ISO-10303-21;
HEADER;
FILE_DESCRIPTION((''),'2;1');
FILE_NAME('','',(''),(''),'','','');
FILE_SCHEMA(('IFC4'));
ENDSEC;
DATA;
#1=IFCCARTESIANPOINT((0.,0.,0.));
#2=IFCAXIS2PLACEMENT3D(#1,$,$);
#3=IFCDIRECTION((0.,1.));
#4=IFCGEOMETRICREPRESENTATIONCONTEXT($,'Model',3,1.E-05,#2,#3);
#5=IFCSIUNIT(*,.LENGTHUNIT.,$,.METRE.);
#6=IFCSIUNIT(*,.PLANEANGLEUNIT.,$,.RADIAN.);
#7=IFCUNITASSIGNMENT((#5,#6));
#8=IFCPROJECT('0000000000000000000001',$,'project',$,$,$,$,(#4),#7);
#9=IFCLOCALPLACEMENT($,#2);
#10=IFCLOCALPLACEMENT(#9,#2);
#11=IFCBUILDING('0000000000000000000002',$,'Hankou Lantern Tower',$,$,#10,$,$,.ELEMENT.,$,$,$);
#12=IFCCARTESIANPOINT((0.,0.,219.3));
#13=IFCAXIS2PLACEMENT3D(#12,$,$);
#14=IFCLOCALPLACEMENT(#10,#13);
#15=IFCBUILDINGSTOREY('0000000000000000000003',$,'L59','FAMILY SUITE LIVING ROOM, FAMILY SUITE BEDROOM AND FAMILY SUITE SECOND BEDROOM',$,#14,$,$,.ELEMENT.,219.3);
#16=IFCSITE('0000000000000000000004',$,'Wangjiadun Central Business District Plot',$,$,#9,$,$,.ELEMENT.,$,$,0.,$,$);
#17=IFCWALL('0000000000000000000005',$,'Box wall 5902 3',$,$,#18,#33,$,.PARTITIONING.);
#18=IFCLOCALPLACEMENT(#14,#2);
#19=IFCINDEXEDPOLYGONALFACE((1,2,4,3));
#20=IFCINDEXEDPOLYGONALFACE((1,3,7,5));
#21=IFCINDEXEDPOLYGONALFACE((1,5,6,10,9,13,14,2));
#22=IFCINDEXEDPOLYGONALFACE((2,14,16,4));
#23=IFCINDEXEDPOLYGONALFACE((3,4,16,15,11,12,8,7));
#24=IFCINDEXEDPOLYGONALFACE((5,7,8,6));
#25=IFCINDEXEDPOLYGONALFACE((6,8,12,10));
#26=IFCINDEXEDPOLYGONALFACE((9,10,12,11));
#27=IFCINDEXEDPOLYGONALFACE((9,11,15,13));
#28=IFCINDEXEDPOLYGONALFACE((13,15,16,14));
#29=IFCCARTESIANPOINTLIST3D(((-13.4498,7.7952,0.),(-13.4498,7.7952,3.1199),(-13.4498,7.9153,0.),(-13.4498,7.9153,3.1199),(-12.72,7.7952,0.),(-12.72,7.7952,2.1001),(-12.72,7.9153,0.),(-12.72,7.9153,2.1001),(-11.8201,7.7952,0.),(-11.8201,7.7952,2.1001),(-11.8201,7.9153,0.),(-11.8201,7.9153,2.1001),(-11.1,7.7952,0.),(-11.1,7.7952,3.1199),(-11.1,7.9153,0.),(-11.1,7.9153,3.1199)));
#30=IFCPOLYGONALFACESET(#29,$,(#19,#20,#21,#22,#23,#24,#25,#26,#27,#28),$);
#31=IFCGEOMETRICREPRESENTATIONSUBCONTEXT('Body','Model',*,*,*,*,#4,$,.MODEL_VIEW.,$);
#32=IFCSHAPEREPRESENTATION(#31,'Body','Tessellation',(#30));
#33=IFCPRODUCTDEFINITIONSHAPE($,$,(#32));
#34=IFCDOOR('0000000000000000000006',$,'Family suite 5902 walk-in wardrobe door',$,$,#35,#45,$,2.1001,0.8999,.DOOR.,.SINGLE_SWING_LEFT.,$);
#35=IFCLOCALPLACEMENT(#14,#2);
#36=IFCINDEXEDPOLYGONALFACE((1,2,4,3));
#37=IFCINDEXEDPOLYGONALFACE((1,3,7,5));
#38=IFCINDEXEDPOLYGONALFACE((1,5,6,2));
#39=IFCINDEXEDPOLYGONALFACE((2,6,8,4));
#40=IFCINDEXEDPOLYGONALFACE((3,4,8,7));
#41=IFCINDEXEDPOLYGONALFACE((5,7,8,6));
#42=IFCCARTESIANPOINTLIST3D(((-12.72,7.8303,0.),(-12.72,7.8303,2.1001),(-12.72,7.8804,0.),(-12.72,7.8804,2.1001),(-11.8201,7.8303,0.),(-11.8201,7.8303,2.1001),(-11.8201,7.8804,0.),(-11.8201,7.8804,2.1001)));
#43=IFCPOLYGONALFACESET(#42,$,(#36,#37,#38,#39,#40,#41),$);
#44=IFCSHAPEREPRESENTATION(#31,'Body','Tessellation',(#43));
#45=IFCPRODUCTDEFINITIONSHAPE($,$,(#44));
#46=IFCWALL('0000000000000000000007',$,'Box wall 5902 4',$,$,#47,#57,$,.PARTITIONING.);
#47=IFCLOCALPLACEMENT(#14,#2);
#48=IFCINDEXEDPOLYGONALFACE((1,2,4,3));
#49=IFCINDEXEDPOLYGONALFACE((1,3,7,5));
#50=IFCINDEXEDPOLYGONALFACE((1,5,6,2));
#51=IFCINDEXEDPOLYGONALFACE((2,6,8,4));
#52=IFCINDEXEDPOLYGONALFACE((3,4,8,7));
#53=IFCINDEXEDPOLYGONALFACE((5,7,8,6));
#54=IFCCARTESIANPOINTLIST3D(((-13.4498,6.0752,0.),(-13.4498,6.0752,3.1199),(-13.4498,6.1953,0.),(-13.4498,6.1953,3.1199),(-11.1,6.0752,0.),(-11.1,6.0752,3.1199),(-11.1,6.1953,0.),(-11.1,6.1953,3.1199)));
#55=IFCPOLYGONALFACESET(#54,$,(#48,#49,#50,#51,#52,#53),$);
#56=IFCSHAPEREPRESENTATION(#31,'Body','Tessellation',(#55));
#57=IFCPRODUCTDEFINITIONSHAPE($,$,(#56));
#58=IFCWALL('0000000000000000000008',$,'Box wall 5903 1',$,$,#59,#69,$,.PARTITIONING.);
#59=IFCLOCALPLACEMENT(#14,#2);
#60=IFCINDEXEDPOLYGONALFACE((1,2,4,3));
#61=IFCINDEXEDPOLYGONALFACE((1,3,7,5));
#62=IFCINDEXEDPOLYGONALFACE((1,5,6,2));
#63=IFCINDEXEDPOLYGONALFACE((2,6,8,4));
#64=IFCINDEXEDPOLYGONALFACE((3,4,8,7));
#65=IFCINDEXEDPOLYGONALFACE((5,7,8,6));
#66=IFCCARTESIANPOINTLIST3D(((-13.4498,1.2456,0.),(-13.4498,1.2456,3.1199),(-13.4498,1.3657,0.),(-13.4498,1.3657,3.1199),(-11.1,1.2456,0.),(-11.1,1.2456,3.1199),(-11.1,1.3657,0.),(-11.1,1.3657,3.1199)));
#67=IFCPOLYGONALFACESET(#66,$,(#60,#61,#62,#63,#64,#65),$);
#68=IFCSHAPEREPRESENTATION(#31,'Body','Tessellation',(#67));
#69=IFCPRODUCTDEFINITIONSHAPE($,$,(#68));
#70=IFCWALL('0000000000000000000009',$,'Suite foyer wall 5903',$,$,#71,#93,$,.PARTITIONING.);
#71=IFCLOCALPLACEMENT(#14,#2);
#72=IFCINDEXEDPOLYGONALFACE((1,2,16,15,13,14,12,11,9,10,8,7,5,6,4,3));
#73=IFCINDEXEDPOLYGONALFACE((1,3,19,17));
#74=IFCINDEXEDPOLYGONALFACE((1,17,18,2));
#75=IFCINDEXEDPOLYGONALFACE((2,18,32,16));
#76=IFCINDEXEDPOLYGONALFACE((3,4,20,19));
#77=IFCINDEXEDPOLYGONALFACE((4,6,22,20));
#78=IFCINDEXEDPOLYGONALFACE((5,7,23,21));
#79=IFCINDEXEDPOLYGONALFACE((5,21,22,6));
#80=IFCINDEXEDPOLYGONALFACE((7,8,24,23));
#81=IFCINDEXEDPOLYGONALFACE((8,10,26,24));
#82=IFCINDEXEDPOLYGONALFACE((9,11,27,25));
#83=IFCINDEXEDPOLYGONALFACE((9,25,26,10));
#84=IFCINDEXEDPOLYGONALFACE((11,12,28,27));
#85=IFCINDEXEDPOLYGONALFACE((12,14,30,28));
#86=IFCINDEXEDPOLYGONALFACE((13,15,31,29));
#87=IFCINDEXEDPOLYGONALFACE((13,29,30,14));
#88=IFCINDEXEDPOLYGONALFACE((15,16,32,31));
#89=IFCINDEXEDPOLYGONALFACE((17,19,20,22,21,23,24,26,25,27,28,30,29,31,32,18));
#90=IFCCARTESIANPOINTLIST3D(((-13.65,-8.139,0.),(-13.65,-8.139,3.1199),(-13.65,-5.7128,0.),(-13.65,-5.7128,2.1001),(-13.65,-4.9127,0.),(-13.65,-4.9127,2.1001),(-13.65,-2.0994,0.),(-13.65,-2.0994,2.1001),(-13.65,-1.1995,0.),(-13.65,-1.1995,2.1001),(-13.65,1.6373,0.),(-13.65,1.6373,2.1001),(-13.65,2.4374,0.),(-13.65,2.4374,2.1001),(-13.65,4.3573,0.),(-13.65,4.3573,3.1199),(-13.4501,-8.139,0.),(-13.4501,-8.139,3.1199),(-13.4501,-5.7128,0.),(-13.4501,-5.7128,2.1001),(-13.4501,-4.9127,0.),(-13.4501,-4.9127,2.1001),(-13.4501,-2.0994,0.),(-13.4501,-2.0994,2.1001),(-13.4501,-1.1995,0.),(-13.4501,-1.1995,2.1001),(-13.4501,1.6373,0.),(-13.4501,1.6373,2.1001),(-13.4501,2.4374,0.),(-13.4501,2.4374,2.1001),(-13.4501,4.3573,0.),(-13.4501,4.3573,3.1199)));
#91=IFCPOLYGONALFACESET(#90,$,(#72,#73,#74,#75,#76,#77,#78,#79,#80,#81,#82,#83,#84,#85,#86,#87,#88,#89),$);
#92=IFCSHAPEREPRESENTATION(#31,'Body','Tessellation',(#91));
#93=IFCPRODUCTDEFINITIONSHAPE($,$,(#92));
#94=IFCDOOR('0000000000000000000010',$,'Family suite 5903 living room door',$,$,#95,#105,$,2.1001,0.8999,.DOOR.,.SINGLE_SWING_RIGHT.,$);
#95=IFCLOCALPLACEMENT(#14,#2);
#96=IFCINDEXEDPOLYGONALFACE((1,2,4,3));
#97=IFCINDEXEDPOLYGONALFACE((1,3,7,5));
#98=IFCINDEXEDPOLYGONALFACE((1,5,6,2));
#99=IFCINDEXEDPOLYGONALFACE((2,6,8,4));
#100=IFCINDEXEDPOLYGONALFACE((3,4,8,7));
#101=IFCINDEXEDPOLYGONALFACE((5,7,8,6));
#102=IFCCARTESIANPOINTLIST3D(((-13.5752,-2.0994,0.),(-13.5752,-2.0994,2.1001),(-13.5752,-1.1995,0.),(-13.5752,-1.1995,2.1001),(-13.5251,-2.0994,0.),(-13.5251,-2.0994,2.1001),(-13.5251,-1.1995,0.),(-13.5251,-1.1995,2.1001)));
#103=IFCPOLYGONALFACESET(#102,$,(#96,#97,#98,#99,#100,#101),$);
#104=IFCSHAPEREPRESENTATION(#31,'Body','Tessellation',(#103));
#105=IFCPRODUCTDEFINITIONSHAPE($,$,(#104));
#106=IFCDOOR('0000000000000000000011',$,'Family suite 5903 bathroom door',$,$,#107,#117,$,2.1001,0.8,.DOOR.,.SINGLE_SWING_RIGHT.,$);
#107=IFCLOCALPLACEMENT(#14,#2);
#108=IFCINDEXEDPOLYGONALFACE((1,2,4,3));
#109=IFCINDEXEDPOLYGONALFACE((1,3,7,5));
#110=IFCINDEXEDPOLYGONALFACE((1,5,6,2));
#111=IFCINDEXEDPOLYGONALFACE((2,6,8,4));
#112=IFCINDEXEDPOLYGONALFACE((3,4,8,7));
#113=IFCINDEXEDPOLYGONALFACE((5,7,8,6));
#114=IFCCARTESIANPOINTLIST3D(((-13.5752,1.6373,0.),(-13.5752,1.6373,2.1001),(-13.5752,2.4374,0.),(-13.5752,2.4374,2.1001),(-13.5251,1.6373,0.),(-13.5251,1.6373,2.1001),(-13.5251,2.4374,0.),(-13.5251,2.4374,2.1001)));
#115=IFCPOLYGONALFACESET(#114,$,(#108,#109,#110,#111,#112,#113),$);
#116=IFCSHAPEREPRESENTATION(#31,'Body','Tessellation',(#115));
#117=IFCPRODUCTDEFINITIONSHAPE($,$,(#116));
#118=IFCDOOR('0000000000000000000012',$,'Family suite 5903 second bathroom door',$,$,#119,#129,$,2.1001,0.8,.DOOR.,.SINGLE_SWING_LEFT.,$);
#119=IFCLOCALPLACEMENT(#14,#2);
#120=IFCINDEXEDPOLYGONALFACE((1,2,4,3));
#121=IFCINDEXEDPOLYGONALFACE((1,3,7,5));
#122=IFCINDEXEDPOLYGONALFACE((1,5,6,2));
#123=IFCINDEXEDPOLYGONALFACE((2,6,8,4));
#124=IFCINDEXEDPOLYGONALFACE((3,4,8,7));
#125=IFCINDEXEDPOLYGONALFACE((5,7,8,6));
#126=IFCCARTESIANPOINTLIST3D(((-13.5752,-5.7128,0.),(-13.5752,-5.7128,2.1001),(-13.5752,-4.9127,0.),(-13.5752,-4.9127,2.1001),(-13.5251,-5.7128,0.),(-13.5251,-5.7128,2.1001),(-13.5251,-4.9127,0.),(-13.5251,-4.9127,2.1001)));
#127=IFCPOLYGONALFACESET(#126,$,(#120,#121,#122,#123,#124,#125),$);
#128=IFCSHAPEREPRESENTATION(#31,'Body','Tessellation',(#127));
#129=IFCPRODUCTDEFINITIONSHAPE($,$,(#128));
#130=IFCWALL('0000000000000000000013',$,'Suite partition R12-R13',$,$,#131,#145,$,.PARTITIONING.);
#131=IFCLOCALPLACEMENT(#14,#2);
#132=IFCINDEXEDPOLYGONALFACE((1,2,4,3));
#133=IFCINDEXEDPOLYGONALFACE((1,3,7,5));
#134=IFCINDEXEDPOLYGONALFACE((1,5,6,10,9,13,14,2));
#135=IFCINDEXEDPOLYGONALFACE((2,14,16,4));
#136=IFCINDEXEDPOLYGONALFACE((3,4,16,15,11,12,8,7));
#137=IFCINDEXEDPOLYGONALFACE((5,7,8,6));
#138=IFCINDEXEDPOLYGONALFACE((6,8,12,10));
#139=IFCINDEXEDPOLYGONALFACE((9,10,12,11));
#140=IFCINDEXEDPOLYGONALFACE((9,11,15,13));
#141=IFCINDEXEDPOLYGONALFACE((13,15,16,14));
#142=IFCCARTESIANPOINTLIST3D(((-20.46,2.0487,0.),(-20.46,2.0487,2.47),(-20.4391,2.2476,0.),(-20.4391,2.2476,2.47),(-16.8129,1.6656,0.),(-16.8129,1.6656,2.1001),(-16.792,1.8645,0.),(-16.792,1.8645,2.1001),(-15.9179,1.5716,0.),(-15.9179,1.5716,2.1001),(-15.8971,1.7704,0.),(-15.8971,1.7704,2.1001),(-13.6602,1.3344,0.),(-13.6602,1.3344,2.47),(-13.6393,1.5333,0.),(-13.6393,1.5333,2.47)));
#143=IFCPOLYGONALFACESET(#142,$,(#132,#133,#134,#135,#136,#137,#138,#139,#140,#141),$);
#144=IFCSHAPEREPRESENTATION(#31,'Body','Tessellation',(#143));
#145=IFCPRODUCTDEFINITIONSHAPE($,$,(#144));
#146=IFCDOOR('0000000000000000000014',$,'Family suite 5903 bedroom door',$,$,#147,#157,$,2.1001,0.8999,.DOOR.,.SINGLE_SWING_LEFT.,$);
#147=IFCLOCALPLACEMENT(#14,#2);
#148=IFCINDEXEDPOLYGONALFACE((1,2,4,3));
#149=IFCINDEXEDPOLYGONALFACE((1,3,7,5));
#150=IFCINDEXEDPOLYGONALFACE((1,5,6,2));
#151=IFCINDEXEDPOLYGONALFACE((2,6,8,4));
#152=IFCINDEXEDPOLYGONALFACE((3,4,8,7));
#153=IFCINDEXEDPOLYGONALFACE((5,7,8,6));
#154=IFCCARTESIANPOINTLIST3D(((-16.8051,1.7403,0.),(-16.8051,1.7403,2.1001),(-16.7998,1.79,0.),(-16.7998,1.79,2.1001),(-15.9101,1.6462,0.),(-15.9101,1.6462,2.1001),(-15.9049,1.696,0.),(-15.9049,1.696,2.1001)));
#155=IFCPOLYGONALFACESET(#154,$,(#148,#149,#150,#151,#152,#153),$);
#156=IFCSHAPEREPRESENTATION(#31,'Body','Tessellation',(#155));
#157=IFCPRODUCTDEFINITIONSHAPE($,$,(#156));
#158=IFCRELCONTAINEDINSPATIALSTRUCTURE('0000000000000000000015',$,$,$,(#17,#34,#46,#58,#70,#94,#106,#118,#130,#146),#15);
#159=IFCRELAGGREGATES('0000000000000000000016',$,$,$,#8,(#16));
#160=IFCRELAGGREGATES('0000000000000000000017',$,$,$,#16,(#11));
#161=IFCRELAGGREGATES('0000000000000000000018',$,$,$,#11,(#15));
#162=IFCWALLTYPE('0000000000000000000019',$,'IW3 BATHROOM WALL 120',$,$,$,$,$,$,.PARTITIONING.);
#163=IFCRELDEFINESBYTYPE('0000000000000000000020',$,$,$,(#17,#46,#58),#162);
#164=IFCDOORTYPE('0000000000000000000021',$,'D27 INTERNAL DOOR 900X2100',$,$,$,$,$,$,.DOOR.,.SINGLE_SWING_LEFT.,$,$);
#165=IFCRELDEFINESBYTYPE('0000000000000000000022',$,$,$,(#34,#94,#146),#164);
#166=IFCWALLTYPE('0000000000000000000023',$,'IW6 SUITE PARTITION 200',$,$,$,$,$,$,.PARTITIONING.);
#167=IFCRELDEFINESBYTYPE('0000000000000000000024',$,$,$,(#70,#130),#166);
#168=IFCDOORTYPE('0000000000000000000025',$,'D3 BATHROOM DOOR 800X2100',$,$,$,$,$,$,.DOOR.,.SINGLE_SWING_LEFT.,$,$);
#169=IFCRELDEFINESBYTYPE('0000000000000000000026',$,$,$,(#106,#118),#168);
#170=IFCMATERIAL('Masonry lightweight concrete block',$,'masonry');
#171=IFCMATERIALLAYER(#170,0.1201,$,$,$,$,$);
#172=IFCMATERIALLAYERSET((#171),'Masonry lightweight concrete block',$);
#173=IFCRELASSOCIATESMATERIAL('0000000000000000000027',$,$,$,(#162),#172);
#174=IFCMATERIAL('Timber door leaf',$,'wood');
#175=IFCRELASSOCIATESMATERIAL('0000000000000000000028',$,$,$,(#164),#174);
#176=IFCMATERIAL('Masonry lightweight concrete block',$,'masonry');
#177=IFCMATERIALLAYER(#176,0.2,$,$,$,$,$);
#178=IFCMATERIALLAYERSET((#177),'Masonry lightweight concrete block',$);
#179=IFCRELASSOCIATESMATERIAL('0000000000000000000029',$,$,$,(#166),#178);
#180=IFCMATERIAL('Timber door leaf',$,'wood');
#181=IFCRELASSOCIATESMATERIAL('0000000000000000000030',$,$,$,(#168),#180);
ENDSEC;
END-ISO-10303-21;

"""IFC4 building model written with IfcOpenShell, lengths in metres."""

from ifc_helpers import new_model, si_unit, direction, frame, frame_2d, origin, place, context, subcontext, project, spatial, rectangle, extrude, material, layer, layer_set, type_object, element, fill, save


model = new_model("IFC4")

# Units and contexts
model_context = context("Model", 3, precision=1e-05, world=origin(), true_north=direction((0.0, 1.0)))
body_context = subcontext(model_context, "Body", "Model", "MODEL_VIEW")
ifc_project = project(units=[si_unit("LENGTHUNIT", "METRE"), si_unit("PLANEANGLEUNIT", "RADIAN")], contexts=[model_context])

# Site, building, storey
site_placement = place(None, origin())
site = spatial("IfcSite", under=ifc_project, at=site_placement, Name="Wangjiadun Central Business District Plot", CompositionType="ELEMENT", RefElevation=0.0)
building_placement = place(site_placement, origin())
building = spatial("IfcBuilding", under=site, at=building_placement, Name="Hankou Lantern Tower", CompositionType="ELEMENT")
storey_placement = place(building_placement, frame((0.0, 0.0, 219.3)))
storey = spatial("IfcBuildingStorey", under=building, at=storey_placement, Name="L59", Description="FAMILY SUITE LIVING ROOM, FAMILY SUITE BEDROOM AND FAMILY SUITE SECOND BEDROOM", CompositionType="ELEMENT", Elevation=219.3)

# Wall, opening, door
ifc_material_1 = material(Name="Masonry lightweight concrete block", Category="masonry")
ifc_layer_1 = layer(ifc_material_1, 0.1201)
ifc_layer_set_1 = layer_set([ifc_layer_1], Name="Masonry lightweight concrete block")
wall_type_1 = type_object("IfcWallType", Name="IW3 BATHROOM WALL 120", PredefinedType="PARTITIONING", material=ifc_layer_set_1)
wall_1_placement = place(storey_placement, frame((-11.1001, 7.8552, 0.0), z_axis=(0.0, 0.0, 1.0), x_axis=(-1.0, 0.0, 0.0)))
wall_1 = element("IfcWall", 1, at=wall_1_placement, inside=storey, type_object=wall_type_1, Name="Box wall 5902 3", PredefinedType="PARTITIONING", context=body_context, shape_type="SweptSolid", body=[
    extrude(rectangle(XDim=2.3499, YDim=0.1201, at=frame_2d((1.1748, 0.0))), origin(), (0.0, 0.0, 1.0), 3.1199),
])
opening_1_placement = place(wall_1_placement, frame((0.72, 0.0, 0.0)))
opening_1 = element("IfcOpeningElement", 2, at=opening_1_placement, cuts=wall_1, PredefinedType="OPENING", context=body_context, shape_type="SweptSolid", body=[
    extrude(rectangle(XDim=0.8999, YDim=2.1001, at=frame_2d((0.45, 1.05))), frame((0.0, 0.0701, 0.0), z_axis=(0.0, -1.0, 0.0), x_axis=(1.0, 0.0, 0.0)), (0.0, 0.0, 1.0), 0.1401),
])
ifc_material_2 = material(Name="Timber door leaf", Category="wood")
door_type_1 = type_object("IfcDoorType", Name="D27 INTERNAL DOOR 900X2100", OperationType="SINGLE_SWING_LEFT", PredefinedType="DOOR", material=ifc_material_2)
door_1_placement = place(opening_1_placement, origin())
door_1 = element("IfcDoor", 3, at=door_1_placement, inside=storey, type_object=door_type_1, Name="Family suite 5902 walk-in wardrobe door", OperationType="SINGLE_SWING_LEFT", OverallHeight=2.1001, OverallWidth=0.8999, PredefinedType="DOOR", context=body_context, shape_type="SweptSolid", body=[
    extrude(rectangle(XDim=0.8999, YDim=2.1001, at=frame_2d((0.45, 1.05))), frame((0.0, 0.0249, 0.0), z_axis=(0.0, -1.0, 0.0), x_axis=(1.0, 0.0, 0.0)), (0.0, 0.0, 1.0), 0.05),
])
fill(opening_1, door_1)

# Walls
for number, where, z_axis, x_axis, name in (
    (4, (-11.1001, 6.1353, 0.0), (0.0, 0.0, 1.0), (-1.0, 0.0, 0.0), "Box wall 5902 4"),
    (5, (-11.1001, 1.3057, 0.0), (0.0, 0.0, 1.0), (-1.0, 0.0, 0.0), "Box wall 5903 1"),
):
    element("IfcWall", number, at=place(storey_placement, frame(where, z_axis=z_axis, x_axis=x_axis)), inside=storey, type_object=wall_type_1, Name=name, PredefinedType="PARTITIONING", context=body_context, shape_type="SweptSolid", body=[
        extrude(rectangle(XDim=2.3499, YDim=0.1201, at=frame_2d((1.1748, 0.0))), origin(), (0.0, 0.0, 1.0), 3.1199),
    ])

# Wall, openings, doors
ifc_material_3 = material(Name="Masonry lightweight concrete block", Category="masonry")
ifc_layer_2 = layer(ifc_material_3, 0.2)
ifc_layer_set_2 = layer_set([ifc_layer_2], Name="Masonry lightweight concrete block")
wall_type_2 = type_object("IfcWallType", Name="IW6 SUITE PARTITION 200", PredefinedType="PARTITIONING", material=ifc_layer_set_2)
wall_2_placement = place(storey_placement, frame((-13.55, 4.3572, 0.0), z_axis=(0.0, 0.0, 1.0), x_axis=(0.0, -1.0, 0.0)))
wall_2 = element("IfcWall", 6, at=wall_2_placement, inside=storey, type_object=wall_type_2, Name="Suite foyer wall 5903", PredefinedType="PARTITIONING", context=body_context, shape_type="SweptSolid", body=[
    extrude(rectangle(XDim=12.4963, YDim=0.2, at=frame_2d((6.248, 0.0))), origin(), (0.0, 0.0, 1.0), 3.1199),
])
opening_2_placement = place(wall_2_placement, frame((1.9199, 0.0, 0.0)))
opening_2 = element("IfcOpeningElement", 7, at=opening_2_placement, cuts=wall_2, PredefinedType="OPENING", context=body_context, shape_type="SweptSolid", body=[
    extrude(rectangle(XDim=0.8, YDim=2.1001, at=frame_2d((0.3999, 1.05))), frame((0.0, 0.1099, 0.0), z_axis=(0.0, -1.0, 0.0), x_axis=(1.0, 0.0, 0.0)), (0.0, 0.0, 1.0), 0.22),
])
opening_3_placement = place(wall_2_placement, frame((9.27, 0.0, 0.0)))
opening_3 = element("IfcOpeningElement", 8, at=opening_3_placement, cuts=wall_2, PredefinedType="OPENING", context=body_context, shape_type="SweptSolid", body=[
    extrude(rectangle(XDim=0.8, YDim=2.1001, at=frame_2d((0.3999, 1.05))), frame((0.0, 0.1099, 0.0), z_axis=(0.0, -1.0, 0.0), x_axis=(1.0, 0.0, 0.0)), (0.0, 0.0, 1.0), 0.22),
])
opening_4_placement = place(wall_2_placement, frame((5.5566, 0.0, 0.0)))
opening_4 = element("IfcOpeningElement", 9, at=opening_4_placement, cuts=wall_2, PredefinedType="OPENING", context=body_context, shape_type="SweptSolid", body=[
    extrude(rectangle(XDim=0.8999, YDim=2.1001, at=frame_2d((0.45, 1.05))), frame((0.0, 0.1099, 0.0), z_axis=(0.0, -1.0, 0.0), x_axis=(1.0, 0.0, 0.0)), (0.0, 0.0, 1.0), 0.22),
])
door_2_placement = place(opening_4_placement, origin())
door_2 = element("IfcDoor", 10, at=door_2_placement, inside=storey, type_object=door_type_1, Name="Family suite 5903 living room door", OperationType="SINGLE_SWING_RIGHT", OverallHeight=2.1001, OverallWidth=0.8999, PredefinedType="DOOR", context=body_context, shape_type="SweptSolid", body=[
    extrude(rectangle(XDim=0.8999, YDim=2.1001, at=frame_2d((0.45, 1.05))), frame((0.0, 0.0249, 0.0), z_axis=(0.0, -1.0, 0.0), x_axis=(1.0, 0.0, 0.0)), (0.0, 0.0, 1.0), 0.05),
])
fill(opening_4, door_2)
ifc_material_4 = material(Name="Timber door leaf", Category="wood")
door_type_2 = type_object("IfcDoorType", Name="D3 BATHROOM DOOR 800X2100", OperationType="SINGLE_SWING_LEFT", PredefinedType="DOOR", material=ifc_material_4)
door_3_placement = place(opening_2_placement, origin())
door_3 = element("IfcDoor", 11, at=door_3_placement, inside=storey, type_object=door_type_2, Name="Family suite 5903 bathroom door", OperationType="SINGLE_SWING_RIGHT", OverallHeight=2.1001, OverallWidth=0.8, PredefinedType="DOOR", context=body_context, shape_type="SweptSolid", body=[
    extrude(rectangle(XDim=0.8, YDim=2.1001, at=frame_2d((0.3999, 1.05))), frame((0.0, 0.0249, 0.0), z_axis=(0.0, -1.0, 0.0), x_axis=(1.0, 0.0, 0.0)), (0.0, 0.0, 1.0), 0.05),
])
fill(opening_2, door_3)
door_4_placement = place(opening_3_placement, origin())
door_4 = element("IfcDoor", 12, at=door_4_placement, inside=storey, type_object=door_type_2, Name="Family suite 5903 second bathroom door", OperationType="SINGLE_SWING_LEFT", OverallHeight=2.1001, OverallWidth=0.8, PredefinedType="DOOR", context=body_context, shape_type="SweptSolid", body=[
    extrude(rectangle(XDim=0.8, YDim=2.1001, at=frame_2d((0.3999, 1.05))), frame((0.0, 0.0249, 0.0), z_axis=(0.0, -1.0, 0.0), x_axis=(1.0, 0.0, 0.0)), (0.0, 0.0, 1.0), 0.05),
])
fill(opening_3, door_4)

# Wall, opening, door
wall_3_placement = place(storey_placement, frame((-13.6499, 1.4338, 0.0), z_axis=(0.0, 0.0, 1.0), x_axis=(-0.994527, 0.10448, 0.0)))
wall_3 = element("IfcWall", 13, at=wall_3_placement, inside=storey, type_object=wall_type_2, Name="Suite partition R12-R13", PredefinedType="PARTITIONING", context=body_context, shape_type="SweptSolid", body=[
    extrude(rectangle(XDim=6.8372, YDim=0.2, at=frame_2d((3.4185, 0.0))), origin(), (0.0, 0.0, 1.0), 2.47),
])
opening_5_placement = place(wall_3_placement, frame((2.27, 0.0, 0.0)))
opening_5 = element("IfcOpeningElement", 14, at=opening_5_placement, cuts=wall_3, PredefinedType="OPENING", context=body_context, shape_type="SweptSolid", body=[
    extrude(rectangle(XDim=0.8999, YDim=2.1001, at=frame_2d((0.45, 1.05))), frame((0.0, 0.1099, 0.0), z_axis=(0.0, -1.0, 0.0), x_axis=(1.0, 0.0, 0.0)), (0.0, 0.0, 1.0), 0.22),
])
door_5_placement = place(opening_5_placement, origin())
door_5 = element("IfcDoor", 15, at=door_5_placement, inside=storey, type_object=door_type_1, Name="Family suite 5903 bedroom door", OperationType="SINGLE_SWING_LEFT", OverallHeight=2.1001, OverallWidth=0.8999, PredefinedType="DOOR", context=body_context, shape_type="SweptSolid", body=[
    extrude(rectangle(XDim=0.8999, YDim=2.1001, at=frame_2d((0.45, 1.05))), frame((0.0, 0.0249, 0.0), z_axis=(0.0, -1.0, 0.0), x_axis=(1.0, 0.0, 0.0)), (0.0, 0.0, 1.0), 0.05),
])
fill(opening_5, door_5)

save(model, "model.ifc")
